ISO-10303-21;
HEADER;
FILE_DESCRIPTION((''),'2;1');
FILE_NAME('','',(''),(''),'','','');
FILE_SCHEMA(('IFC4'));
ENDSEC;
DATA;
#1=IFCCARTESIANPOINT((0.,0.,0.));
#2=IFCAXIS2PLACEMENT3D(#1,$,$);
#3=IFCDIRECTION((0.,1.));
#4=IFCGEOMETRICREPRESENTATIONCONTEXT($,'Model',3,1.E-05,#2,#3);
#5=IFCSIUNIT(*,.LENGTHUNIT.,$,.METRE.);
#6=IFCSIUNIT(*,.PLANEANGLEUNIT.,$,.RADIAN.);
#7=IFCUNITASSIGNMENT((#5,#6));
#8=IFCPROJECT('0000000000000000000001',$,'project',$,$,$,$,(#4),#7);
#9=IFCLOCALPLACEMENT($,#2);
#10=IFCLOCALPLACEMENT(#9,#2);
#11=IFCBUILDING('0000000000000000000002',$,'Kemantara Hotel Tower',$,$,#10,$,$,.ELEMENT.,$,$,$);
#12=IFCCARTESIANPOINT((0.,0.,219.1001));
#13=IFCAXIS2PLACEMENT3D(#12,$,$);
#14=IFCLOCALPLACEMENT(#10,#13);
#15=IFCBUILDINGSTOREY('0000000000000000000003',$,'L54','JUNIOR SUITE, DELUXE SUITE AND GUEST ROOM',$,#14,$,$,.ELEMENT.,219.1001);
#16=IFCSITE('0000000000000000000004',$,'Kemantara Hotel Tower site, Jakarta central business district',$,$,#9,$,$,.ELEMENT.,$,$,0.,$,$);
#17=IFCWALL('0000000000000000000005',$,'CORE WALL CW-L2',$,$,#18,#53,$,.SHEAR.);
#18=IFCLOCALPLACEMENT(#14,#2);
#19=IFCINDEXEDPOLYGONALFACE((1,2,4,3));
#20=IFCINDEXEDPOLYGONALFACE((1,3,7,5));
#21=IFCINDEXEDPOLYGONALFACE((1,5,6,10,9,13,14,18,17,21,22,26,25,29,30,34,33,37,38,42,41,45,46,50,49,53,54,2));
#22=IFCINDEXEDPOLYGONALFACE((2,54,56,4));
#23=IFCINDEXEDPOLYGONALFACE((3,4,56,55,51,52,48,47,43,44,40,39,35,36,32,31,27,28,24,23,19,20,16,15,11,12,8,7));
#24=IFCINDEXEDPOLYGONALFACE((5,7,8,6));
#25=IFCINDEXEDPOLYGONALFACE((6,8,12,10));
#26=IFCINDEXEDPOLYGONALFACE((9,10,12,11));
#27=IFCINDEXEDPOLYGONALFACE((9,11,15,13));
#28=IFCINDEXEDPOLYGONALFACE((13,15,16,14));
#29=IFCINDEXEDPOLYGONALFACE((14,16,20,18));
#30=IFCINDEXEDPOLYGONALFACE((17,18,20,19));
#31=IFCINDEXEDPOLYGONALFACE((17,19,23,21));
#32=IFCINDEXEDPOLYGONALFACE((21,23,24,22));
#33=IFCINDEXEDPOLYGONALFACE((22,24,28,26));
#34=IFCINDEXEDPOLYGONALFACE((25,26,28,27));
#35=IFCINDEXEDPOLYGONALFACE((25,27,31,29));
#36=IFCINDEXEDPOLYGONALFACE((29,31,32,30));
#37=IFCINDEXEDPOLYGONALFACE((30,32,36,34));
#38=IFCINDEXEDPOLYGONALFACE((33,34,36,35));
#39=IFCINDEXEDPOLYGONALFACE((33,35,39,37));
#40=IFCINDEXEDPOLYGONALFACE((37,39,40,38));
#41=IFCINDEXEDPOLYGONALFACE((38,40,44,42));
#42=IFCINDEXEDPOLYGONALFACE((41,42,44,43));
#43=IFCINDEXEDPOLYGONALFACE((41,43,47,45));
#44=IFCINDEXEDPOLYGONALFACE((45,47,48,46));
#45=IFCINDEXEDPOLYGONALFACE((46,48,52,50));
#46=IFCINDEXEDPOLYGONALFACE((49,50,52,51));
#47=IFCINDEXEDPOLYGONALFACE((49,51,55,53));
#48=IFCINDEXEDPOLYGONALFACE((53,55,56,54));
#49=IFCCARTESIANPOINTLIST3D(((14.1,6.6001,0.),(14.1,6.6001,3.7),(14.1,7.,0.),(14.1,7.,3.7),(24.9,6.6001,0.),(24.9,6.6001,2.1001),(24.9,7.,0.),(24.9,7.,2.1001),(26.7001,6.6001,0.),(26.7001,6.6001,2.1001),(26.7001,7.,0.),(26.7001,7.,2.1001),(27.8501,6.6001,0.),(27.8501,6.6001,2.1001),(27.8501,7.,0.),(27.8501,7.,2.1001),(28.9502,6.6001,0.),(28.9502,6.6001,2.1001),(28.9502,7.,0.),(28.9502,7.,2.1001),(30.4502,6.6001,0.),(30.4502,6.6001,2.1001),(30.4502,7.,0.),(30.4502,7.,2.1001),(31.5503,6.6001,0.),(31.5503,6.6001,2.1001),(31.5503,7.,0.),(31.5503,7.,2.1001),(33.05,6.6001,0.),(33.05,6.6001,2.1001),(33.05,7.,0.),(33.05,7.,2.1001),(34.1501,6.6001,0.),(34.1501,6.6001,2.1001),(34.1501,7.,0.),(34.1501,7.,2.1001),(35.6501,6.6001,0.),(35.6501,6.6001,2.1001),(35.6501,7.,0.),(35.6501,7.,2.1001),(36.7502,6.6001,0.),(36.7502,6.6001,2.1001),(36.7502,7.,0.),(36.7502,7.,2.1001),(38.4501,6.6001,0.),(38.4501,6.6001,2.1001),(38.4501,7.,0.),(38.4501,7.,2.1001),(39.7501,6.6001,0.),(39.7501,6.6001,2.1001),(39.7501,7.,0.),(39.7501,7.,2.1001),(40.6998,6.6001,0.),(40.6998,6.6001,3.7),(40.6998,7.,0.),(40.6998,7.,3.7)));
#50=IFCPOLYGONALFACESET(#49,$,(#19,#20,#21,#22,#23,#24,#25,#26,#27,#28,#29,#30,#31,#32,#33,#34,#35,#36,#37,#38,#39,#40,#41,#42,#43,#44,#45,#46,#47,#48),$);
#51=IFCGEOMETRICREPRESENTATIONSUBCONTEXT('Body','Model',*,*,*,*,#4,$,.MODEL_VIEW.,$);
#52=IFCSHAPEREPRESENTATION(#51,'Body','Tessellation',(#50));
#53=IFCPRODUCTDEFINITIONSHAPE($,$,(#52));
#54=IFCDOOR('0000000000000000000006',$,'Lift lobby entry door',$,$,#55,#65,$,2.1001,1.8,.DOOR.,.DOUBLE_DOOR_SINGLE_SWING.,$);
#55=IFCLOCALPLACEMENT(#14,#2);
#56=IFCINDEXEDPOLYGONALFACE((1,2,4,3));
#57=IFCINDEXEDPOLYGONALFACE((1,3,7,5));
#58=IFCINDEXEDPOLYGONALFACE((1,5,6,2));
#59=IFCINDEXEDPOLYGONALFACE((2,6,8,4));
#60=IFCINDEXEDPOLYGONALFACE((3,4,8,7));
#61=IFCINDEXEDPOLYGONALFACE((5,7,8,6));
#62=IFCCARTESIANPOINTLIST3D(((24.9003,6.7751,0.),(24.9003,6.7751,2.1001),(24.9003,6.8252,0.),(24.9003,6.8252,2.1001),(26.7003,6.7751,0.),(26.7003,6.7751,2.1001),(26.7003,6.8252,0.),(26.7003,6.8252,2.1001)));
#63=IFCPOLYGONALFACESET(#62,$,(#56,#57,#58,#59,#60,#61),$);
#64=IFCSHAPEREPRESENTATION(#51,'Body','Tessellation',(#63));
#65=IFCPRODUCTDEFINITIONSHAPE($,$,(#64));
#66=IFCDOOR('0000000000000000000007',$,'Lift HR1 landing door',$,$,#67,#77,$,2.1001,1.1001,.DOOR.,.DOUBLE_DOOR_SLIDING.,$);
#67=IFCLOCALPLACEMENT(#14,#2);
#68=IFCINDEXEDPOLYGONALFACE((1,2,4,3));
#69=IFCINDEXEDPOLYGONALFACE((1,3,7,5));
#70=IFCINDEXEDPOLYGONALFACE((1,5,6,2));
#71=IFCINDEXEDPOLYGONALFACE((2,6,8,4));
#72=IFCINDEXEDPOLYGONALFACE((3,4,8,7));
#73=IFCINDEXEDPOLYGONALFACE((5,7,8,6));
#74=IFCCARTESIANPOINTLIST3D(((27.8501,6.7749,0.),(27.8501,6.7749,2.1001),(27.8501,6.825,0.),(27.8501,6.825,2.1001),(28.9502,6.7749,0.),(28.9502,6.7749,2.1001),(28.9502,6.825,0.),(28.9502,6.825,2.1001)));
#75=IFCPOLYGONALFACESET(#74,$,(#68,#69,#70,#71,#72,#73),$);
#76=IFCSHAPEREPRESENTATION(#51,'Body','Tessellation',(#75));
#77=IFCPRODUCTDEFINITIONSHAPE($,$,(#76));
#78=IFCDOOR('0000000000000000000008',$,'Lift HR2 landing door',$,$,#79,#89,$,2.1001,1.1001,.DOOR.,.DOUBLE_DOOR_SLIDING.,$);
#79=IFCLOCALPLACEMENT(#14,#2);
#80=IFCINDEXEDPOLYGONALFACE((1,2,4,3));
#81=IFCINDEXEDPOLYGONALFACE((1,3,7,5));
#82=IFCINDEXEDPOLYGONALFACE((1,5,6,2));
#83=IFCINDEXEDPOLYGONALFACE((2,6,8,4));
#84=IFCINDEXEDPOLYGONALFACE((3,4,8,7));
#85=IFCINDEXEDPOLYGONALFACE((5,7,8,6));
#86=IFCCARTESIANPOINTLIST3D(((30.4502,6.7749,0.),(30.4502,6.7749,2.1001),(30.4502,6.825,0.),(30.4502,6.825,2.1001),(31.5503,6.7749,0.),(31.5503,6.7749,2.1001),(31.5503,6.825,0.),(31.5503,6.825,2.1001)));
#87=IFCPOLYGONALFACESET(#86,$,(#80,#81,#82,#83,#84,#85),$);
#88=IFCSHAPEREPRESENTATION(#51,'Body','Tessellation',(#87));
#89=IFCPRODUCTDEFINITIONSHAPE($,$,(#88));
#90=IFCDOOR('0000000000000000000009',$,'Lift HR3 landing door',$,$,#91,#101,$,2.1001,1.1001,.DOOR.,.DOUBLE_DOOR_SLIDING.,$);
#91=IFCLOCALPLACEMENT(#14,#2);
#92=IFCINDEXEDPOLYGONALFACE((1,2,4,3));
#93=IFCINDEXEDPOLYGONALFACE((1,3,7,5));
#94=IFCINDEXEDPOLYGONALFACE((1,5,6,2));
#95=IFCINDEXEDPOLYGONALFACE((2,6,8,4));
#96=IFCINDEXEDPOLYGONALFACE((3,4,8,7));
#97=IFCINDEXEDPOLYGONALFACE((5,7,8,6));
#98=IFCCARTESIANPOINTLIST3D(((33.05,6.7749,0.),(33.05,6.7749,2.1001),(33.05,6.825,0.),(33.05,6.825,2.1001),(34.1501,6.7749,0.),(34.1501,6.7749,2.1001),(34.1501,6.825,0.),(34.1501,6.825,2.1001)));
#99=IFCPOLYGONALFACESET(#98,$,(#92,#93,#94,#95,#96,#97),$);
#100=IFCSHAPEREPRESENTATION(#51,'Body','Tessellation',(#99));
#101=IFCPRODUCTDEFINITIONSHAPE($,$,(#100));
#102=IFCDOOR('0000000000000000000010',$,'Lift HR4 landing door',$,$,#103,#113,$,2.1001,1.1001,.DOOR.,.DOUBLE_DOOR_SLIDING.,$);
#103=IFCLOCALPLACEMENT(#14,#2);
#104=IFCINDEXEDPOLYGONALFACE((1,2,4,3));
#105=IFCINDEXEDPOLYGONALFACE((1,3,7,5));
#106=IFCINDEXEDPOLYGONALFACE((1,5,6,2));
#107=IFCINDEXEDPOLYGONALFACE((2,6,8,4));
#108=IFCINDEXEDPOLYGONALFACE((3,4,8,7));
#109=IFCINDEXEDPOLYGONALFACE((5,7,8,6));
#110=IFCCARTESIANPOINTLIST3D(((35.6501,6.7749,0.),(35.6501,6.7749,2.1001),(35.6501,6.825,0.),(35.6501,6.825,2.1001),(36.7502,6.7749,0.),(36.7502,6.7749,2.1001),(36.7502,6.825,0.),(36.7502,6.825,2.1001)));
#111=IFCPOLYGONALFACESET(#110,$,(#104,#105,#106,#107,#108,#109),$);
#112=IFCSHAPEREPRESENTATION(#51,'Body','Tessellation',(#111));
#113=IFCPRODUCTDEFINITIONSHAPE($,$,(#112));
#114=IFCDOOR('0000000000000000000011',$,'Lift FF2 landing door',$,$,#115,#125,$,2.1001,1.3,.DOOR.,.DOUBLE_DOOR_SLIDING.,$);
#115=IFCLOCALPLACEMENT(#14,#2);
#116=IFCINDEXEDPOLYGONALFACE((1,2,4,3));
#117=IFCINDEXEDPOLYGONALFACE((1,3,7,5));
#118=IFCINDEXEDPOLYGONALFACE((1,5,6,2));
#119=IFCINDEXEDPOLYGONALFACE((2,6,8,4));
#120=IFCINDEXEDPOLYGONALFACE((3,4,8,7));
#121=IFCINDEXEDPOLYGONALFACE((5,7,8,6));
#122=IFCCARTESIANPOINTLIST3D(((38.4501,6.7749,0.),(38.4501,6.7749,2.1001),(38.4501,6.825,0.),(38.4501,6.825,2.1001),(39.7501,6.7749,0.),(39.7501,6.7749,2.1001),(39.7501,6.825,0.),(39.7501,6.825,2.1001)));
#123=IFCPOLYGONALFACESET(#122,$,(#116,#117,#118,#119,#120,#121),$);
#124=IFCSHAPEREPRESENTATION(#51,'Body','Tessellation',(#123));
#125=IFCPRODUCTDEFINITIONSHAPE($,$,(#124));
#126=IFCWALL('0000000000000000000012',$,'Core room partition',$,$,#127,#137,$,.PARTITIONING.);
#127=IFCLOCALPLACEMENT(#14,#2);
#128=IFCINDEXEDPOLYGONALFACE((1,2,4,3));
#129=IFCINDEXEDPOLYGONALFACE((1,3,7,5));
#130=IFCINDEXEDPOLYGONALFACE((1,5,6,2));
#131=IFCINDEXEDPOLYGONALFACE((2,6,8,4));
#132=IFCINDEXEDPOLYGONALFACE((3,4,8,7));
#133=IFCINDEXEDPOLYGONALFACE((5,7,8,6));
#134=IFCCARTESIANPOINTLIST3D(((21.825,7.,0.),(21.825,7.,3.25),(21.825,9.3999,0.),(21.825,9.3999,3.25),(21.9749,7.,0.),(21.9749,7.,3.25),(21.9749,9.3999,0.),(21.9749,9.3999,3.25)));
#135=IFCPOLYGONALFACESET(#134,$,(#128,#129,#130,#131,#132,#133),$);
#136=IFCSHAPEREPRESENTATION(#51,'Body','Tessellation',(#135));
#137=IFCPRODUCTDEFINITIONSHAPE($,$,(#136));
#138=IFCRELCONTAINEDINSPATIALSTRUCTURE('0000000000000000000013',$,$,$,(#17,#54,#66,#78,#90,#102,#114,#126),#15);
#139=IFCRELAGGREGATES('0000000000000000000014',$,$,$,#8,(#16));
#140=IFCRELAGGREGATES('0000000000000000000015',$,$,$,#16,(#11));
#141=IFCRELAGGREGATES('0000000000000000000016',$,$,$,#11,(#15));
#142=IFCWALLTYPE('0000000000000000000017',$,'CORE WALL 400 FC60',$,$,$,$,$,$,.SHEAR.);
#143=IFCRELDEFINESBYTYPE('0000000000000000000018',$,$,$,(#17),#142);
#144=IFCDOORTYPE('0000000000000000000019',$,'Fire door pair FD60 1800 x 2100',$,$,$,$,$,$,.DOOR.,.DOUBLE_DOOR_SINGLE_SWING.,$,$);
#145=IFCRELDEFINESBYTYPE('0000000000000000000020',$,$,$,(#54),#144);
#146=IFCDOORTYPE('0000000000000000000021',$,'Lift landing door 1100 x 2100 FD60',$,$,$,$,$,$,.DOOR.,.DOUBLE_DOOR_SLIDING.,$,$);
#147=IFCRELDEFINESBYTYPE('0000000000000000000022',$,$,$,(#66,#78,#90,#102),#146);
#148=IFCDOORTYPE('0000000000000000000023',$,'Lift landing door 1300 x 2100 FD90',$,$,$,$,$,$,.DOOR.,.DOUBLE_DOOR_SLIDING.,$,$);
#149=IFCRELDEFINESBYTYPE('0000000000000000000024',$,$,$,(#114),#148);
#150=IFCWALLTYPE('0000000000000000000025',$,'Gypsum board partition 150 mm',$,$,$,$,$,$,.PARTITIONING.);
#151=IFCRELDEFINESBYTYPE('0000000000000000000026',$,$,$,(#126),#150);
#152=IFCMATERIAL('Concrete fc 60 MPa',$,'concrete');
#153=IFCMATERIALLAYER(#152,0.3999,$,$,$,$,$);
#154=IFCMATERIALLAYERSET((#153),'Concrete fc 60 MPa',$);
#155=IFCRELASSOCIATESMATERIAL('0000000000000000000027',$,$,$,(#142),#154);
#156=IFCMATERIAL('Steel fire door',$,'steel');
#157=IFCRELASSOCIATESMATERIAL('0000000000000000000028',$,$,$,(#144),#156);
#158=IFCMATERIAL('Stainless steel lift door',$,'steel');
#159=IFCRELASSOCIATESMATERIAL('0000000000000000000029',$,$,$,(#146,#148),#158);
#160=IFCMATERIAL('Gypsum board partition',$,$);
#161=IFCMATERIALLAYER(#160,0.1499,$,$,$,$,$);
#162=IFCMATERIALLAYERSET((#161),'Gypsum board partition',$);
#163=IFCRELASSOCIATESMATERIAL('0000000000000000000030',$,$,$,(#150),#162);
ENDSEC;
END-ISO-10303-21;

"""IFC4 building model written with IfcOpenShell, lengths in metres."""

from ifc_helpers import new_model, si_unit, direction, frame, frame_2d, origin, place, context, subcontext, project, spatial, rectangle, extrude, material, layer, layer_set, type_object, element, fill, save


model = new_model("IFC4")

# Units and contexts
model_context = context("Model", 3, precision=1e-05, world=origin(), true_north=direction((0.0, 1.0)))
body_context = subcontext(model_context, "Body", "Model", "MODEL_VIEW")
ifc_project = project(units=[si_unit("LENGTHUNIT", "METRE"), si_unit("PLANEANGLEUNIT", "RADIAN")], contexts=[model_context])

# Site, building, storey
site_placement = place(None, origin())
site = spatial("IfcSite", under=ifc_project, at=site_placement, Name="Kemantara Hotel Tower site, Jakarta central business district", CompositionType="ELEMENT", RefElevation=0.0)
building_placement = place(site_placement, origin())
building = spatial("IfcBuilding", under=site, at=building_placement, Name="Kemantara Hotel Tower", CompositionType="ELEMENT")
storey_placement = place(building_placement, frame((0.0, 0.0, 219.1001)))
storey = spatial("IfcBuildingStorey", under=building, at=storey_placement, Name="L54", Description="JUNIOR SUITE, DELUXE SUITE AND GUEST ROOM", CompositionType="ELEMENT", Elevation=219.1001)

# Shared definitions
ifc_material_1 = material(Name="Concrete fc 60 MPa", Category="concrete")

# Shared definitions
ifc_layer_1 = layer(ifc_material_1, 0.3999)
ifc_layer_set_1 = layer_set([ifc_layer_1], Name="Concrete fc 60 MPa")
wall_type_1 = type_object("IfcWallType", Name="CORE WALL 400 FC60", PredefinedType="SHEAR", material=ifc_layer_set_1)
ifc_material_2 = material(Name="Steel fire door", Category="steel")

# Wall, openings, doors
wall_1_placement = place(storey_placement, frame((14.1001, 6.8, 0.0), z_axis=(0.0, 0.0, 1.0), x_axis=(1.0, 0.0, 0.0)))
wall_1 = element("IfcWall", 1, at=wall_1_placement, inside=storey, type_object=wall_type_1, Name="CORE WALL CW-L2", PredefinedType="SHEAR", context=body_context, shape_type="SweptSolid", body=[
    extrude(rectangle(XDim=26.5999, YDim=0.3999, at=frame_2d((13.2998, 0.0))), origin(), (0.0, 0.0, 1.0), 3.7),
])
opening_1_placement = place(wall_1_placement, frame((10.8, 0.0, 0.0)))
opening_1 = element("IfcOpeningElement", 2, at=opening_1_placement, cuts=wall_1, PredefinedType="OPENING", context=body_context, shape_type="SweptSolid", body=[
    extrude(rectangle(XDim=1.8, YDim=2.1001, at=frame_2d((0.8999, 1.05))), frame((0.0, 0.21, 0.0), z_axis=(0.0, -1.0, 0.0), x_axis=(1.0, 0.0, 0.0)), (0.0, 0.0, 1.0), 0.4199),
])
opening_2_placement = place(wall_1_placement, frame((13.75, 0.0, 0.0)))
opening_2 = element("IfcOpeningElement", 3, at=opening_2_placement, cuts=wall_1, PredefinedType="OPENING", context=body_context, shape_type="SweptSolid", body=[
    extrude(rectangle(XDim=1.1001, YDim=2.1001, at=frame_2d((0.55, 1.05))), frame((0.0, 0.21, 0.0), z_axis=(0.0, -1.0, 0.0), x_axis=(1.0, 0.0, 0.0)), (0.0, 0.0, 1.0), 0.4199),
])
opening_3_placement = place(wall_1_placement, frame((16.3501, 0.0, 0.0)))
opening_3 = element("IfcOpeningElement", 4, at=opening_3_placement, cuts=wall_1, PredefinedType="OPENING", context=body_context, shape_type="SweptSolid", body=[
    extrude(rectangle(XDim=1.1001, YDim=2.1001, at=frame_2d((0.55, 1.05))), frame((0.0, 0.21, 0.0), z_axis=(0.0, -1.0, 0.0), x_axis=(1.0, 0.0, 0.0)), (0.0, 0.0, 1.0), 0.4199),
])
opening_4_placement = place(wall_1_placement, frame((18.95, 0.0, 0.0)))
opening_4 = element("IfcOpeningElement", 5, at=opening_4_placement, cuts=wall_1, PredefinedType="OPENING", context=body_context, shape_type="SweptSolid", body=[
    extrude(rectangle(XDim=1.1001, YDim=2.1001, at=frame_2d((0.55, 1.05))), frame((0.0, 0.21, 0.0), z_axis=(0.0, -1.0, 0.0), x_axis=(1.0, 0.0, 0.0)), (0.0, 0.0, 1.0), 0.4199),
])
opening_5_placement = place(wall_1_placement, frame((21.55, 0.0, 0.0)))
opening_5 = element("IfcOpeningElement", 6, at=opening_5_placement, cuts=wall_1, PredefinedType="OPENING", context=body_context, shape_type="SweptSolid", body=[
    extrude(rectangle(XDim=1.1001, YDim=2.1001, at=frame_2d((0.55, 1.05))), frame((0.0, 0.21, 0.0), z_axis=(0.0, -1.0, 0.0), x_axis=(1.0, 0.0, 0.0)), (0.0, 0.0, 1.0), 0.4199),
])
opening_6_placement = place(wall_1_placement, frame((24.3501, 0.0, 0.0)))
opening_6 = element("IfcOpeningElement", 7, at=opening_6_placement, cuts=wall_1, PredefinedType="OPENING", context=body_context, shape_type="SweptSolid", body=[
    extrude(rectangle(XDim=1.3, YDim=2.1001, at=frame_2d((0.6499, 1.05))), frame((0.0, 0.21, 0.0), z_axis=(0.0, -1.0, 0.0), x_axis=(1.0, 0.0, 0.0)), (0.0, 0.0, 1.0), 0.4199),
])
door_type_1 = type_object("IfcDoorType", Name="Fire door pair FD60 1800 x 2100", OperationType="DOUBLE_DOOR_SINGLE_SWING", PredefinedType="DOOR", material=ifc_material_2)
door_1_placement = place(opening_1_placement, frame((1.8, 0.0, 0.0), z_axis=(0.0, 0.0, 1.0), x_axis=(-1.0, 0.0, 0.0)))
door_1 = element("IfcDoor", 8, at=door_1_placement, inside=storey, type_object=door_type_1, Name="Lift lobby entry door", OperationType="DOUBLE_DOOR_SINGLE_SWING", OverallHeight=2.1001, OverallWidth=1.8, PredefinedType="DOOR", context=body_context, shape_type="SweptSolid", body=[
    extrude(rectangle(XDim=1.8, YDim=2.1001, at=frame_2d((0.8999, 1.05))), frame((0.0, 0.0249, 0.0), z_axis=(0.0, -1.0, 0.0), x_axis=(1.0, 0.0, 0.0)), (0.0, 0.0, 1.0), 0.05),
])
fill(opening_1, door_1)
ifc_material_3 = material(Name="Stainless steel lift door", Category="steel")
door_type_2 = type_object("IfcDoorType", Name="Lift landing door 1100 x 2100 FD60", OperationType="DOUBLE_DOOR_SLIDING", PredefinedType="DOOR", material=ifc_material_3)
door_2_placement = place(opening_2_placement, origin())
door_2 = element("IfcDoor", 9, at=door_2_placement, inside=storey, type_object=door_type_2, Name="Lift HR1 landing door", OperationType="DOUBLE_DOOR_SLIDING", OverallHeight=2.1001, OverallWidth=1.1001, PredefinedType="DOOR", context=body_context, shape_type="SweptSolid", body=[
    extrude(rectangle(XDim=1.1001, YDim=2.1001, at=frame_2d((0.55, 1.05))), frame((0.0, 0.0249, 0.0), z_axis=(0.0, -1.0, 0.0), x_axis=(1.0, 0.0, 0.0)), (0.0, 0.0, 1.0), 0.05),
])
fill(opening_2, door_2)
door_3_placement = place(opening_3_placement, origin())
door_3 = element("IfcDoor", 10, at=door_3_placement, inside=storey, type_object=door_type_2, Name="Lift HR2 landing door", OperationType="DOUBLE_DOOR_SLIDING", OverallHeight=2.1001, OverallWidth=1.1001, PredefinedType="DOOR", context=body_context, shape_type="SweptSolid", body=[
    extrude(rectangle(XDim=1.1001, YDim=2.1001, at=frame_2d((0.55, 1.05))), frame((0.0, 0.0249, 0.0), z_axis=(0.0, -1.0, 0.0), x_axis=(1.0, 0.0, 0.0)), (0.0, 0.0, 1.0), 0.05),
])
fill(opening_3, door_3)
door_4_placement = place(opening_4_placement, origin())
door_4 = element("IfcDoor", 11, at=door_4_placement, inside=storey, type_object=door_type_2, Name="Lift HR3 landing door", OperationType="DOUBLE_DOOR_SLIDING", OverallHeight=2.1001, OverallWidth=1.1001, PredefinedType="DOOR", context=body_context, shape_type="SweptSolid", body=[
    extrude(rectangle(XDim=1.1001, YDim=2.1001, at=frame_2d((0.55, 1.05))), frame((0.0, 0.0249, 0.0), z_axis=(0.0, -1.0, 0.0), x_axis=(1.0, 0.0, 0.0)), (0.0, 0.0, 1.0), 0.05),
])
fill(opening_4, door_4)
door_5_placement = place(opening_5_placement, origin())
door_5 = element("IfcDoor", 12, at=door_5_placement, inside=storey, type_object=door_type_2, Name="Lift HR4 landing door", OperationType="DOUBLE_DOOR_SLIDING", OverallHeight=2.1001, OverallWidth=1.1001, PredefinedType="DOOR", context=body_context, shape_type="SweptSolid", body=[
    extrude(rectangle(XDim=1.1001, YDim=2.1001, at=frame_2d((0.55, 1.05))), frame((0.0, 0.0249, 0.0), z_axis=(0.0, -1.0, 0.0), x_axis=(1.0, 0.0, 0.0)), (0.0, 0.0, 1.0), 0.05),
])
fill(opening_5, door_5)
door_type_3 = type_object("IfcDoorType", Name="Lift landing door 1300 x 2100 FD90", OperationType="DOUBLE_DOOR_SLIDING", PredefinedType="DOOR", material=ifc_material_3)
door_6_placement = place(opening_6_placement, origin())
door_6 = element("IfcDoor", 13, at=door_6_placement, inside=storey, type_object=door_type_3, Name="Lift FF2 landing door", OperationType="DOUBLE_DOOR_SLIDING", OverallHeight=2.1001, OverallWidth=1.3, PredefinedType="DOOR", context=body_context, shape_type="SweptSolid", body=[
    extrude(rectangle(XDim=1.3, YDim=2.1001, at=frame_2d((0.6499, 1.05))), frame((0.0, 0.0249, 0.0), z_axis=(0.0, -1.0, 0.0), x_axis=(1.0, 0.0, 0.0)), (0.0, 0.0, 1.0), 0.05),
])
fill(opening_6, door_6)

# Wall
ifc_material_4 = material(Name="Gypsum board partition")
ifc_layer_2 = layer(ifc_material_4, 0.1499)
ifc_layer_set_2 = layer_set([ifc_layer_2], Name="Gypsum board partition")
wall_type_2 = type_object("IfcWallType", Name="Gypsum board partition 150 mm", PredefinedType="PARTITIONING", material=ifc_layer_set_2)
wall_2_placement = place(storey_placement, frame((21.8999, 7.0, 0.0), z_axis=(0.0, 0.0, 1.0), x_axis=(0.0, 1.0, 0.0)))
element("IfcWall", 14, at=wall_2_placement, inside=storey, type_object=wall_type_2, Name="Core room partition", PredefinedType="PARTITIONING", context=body_context, shape_type="SweptSolid", body=[
    extrude(rectangle(XDim=2.3999, YDim=0.1499, at=frame_2d((1.2, 0.0))), origin(), (0.0, 0.0, 1.0), 3.25),
])

save(model, "model.ifc")
